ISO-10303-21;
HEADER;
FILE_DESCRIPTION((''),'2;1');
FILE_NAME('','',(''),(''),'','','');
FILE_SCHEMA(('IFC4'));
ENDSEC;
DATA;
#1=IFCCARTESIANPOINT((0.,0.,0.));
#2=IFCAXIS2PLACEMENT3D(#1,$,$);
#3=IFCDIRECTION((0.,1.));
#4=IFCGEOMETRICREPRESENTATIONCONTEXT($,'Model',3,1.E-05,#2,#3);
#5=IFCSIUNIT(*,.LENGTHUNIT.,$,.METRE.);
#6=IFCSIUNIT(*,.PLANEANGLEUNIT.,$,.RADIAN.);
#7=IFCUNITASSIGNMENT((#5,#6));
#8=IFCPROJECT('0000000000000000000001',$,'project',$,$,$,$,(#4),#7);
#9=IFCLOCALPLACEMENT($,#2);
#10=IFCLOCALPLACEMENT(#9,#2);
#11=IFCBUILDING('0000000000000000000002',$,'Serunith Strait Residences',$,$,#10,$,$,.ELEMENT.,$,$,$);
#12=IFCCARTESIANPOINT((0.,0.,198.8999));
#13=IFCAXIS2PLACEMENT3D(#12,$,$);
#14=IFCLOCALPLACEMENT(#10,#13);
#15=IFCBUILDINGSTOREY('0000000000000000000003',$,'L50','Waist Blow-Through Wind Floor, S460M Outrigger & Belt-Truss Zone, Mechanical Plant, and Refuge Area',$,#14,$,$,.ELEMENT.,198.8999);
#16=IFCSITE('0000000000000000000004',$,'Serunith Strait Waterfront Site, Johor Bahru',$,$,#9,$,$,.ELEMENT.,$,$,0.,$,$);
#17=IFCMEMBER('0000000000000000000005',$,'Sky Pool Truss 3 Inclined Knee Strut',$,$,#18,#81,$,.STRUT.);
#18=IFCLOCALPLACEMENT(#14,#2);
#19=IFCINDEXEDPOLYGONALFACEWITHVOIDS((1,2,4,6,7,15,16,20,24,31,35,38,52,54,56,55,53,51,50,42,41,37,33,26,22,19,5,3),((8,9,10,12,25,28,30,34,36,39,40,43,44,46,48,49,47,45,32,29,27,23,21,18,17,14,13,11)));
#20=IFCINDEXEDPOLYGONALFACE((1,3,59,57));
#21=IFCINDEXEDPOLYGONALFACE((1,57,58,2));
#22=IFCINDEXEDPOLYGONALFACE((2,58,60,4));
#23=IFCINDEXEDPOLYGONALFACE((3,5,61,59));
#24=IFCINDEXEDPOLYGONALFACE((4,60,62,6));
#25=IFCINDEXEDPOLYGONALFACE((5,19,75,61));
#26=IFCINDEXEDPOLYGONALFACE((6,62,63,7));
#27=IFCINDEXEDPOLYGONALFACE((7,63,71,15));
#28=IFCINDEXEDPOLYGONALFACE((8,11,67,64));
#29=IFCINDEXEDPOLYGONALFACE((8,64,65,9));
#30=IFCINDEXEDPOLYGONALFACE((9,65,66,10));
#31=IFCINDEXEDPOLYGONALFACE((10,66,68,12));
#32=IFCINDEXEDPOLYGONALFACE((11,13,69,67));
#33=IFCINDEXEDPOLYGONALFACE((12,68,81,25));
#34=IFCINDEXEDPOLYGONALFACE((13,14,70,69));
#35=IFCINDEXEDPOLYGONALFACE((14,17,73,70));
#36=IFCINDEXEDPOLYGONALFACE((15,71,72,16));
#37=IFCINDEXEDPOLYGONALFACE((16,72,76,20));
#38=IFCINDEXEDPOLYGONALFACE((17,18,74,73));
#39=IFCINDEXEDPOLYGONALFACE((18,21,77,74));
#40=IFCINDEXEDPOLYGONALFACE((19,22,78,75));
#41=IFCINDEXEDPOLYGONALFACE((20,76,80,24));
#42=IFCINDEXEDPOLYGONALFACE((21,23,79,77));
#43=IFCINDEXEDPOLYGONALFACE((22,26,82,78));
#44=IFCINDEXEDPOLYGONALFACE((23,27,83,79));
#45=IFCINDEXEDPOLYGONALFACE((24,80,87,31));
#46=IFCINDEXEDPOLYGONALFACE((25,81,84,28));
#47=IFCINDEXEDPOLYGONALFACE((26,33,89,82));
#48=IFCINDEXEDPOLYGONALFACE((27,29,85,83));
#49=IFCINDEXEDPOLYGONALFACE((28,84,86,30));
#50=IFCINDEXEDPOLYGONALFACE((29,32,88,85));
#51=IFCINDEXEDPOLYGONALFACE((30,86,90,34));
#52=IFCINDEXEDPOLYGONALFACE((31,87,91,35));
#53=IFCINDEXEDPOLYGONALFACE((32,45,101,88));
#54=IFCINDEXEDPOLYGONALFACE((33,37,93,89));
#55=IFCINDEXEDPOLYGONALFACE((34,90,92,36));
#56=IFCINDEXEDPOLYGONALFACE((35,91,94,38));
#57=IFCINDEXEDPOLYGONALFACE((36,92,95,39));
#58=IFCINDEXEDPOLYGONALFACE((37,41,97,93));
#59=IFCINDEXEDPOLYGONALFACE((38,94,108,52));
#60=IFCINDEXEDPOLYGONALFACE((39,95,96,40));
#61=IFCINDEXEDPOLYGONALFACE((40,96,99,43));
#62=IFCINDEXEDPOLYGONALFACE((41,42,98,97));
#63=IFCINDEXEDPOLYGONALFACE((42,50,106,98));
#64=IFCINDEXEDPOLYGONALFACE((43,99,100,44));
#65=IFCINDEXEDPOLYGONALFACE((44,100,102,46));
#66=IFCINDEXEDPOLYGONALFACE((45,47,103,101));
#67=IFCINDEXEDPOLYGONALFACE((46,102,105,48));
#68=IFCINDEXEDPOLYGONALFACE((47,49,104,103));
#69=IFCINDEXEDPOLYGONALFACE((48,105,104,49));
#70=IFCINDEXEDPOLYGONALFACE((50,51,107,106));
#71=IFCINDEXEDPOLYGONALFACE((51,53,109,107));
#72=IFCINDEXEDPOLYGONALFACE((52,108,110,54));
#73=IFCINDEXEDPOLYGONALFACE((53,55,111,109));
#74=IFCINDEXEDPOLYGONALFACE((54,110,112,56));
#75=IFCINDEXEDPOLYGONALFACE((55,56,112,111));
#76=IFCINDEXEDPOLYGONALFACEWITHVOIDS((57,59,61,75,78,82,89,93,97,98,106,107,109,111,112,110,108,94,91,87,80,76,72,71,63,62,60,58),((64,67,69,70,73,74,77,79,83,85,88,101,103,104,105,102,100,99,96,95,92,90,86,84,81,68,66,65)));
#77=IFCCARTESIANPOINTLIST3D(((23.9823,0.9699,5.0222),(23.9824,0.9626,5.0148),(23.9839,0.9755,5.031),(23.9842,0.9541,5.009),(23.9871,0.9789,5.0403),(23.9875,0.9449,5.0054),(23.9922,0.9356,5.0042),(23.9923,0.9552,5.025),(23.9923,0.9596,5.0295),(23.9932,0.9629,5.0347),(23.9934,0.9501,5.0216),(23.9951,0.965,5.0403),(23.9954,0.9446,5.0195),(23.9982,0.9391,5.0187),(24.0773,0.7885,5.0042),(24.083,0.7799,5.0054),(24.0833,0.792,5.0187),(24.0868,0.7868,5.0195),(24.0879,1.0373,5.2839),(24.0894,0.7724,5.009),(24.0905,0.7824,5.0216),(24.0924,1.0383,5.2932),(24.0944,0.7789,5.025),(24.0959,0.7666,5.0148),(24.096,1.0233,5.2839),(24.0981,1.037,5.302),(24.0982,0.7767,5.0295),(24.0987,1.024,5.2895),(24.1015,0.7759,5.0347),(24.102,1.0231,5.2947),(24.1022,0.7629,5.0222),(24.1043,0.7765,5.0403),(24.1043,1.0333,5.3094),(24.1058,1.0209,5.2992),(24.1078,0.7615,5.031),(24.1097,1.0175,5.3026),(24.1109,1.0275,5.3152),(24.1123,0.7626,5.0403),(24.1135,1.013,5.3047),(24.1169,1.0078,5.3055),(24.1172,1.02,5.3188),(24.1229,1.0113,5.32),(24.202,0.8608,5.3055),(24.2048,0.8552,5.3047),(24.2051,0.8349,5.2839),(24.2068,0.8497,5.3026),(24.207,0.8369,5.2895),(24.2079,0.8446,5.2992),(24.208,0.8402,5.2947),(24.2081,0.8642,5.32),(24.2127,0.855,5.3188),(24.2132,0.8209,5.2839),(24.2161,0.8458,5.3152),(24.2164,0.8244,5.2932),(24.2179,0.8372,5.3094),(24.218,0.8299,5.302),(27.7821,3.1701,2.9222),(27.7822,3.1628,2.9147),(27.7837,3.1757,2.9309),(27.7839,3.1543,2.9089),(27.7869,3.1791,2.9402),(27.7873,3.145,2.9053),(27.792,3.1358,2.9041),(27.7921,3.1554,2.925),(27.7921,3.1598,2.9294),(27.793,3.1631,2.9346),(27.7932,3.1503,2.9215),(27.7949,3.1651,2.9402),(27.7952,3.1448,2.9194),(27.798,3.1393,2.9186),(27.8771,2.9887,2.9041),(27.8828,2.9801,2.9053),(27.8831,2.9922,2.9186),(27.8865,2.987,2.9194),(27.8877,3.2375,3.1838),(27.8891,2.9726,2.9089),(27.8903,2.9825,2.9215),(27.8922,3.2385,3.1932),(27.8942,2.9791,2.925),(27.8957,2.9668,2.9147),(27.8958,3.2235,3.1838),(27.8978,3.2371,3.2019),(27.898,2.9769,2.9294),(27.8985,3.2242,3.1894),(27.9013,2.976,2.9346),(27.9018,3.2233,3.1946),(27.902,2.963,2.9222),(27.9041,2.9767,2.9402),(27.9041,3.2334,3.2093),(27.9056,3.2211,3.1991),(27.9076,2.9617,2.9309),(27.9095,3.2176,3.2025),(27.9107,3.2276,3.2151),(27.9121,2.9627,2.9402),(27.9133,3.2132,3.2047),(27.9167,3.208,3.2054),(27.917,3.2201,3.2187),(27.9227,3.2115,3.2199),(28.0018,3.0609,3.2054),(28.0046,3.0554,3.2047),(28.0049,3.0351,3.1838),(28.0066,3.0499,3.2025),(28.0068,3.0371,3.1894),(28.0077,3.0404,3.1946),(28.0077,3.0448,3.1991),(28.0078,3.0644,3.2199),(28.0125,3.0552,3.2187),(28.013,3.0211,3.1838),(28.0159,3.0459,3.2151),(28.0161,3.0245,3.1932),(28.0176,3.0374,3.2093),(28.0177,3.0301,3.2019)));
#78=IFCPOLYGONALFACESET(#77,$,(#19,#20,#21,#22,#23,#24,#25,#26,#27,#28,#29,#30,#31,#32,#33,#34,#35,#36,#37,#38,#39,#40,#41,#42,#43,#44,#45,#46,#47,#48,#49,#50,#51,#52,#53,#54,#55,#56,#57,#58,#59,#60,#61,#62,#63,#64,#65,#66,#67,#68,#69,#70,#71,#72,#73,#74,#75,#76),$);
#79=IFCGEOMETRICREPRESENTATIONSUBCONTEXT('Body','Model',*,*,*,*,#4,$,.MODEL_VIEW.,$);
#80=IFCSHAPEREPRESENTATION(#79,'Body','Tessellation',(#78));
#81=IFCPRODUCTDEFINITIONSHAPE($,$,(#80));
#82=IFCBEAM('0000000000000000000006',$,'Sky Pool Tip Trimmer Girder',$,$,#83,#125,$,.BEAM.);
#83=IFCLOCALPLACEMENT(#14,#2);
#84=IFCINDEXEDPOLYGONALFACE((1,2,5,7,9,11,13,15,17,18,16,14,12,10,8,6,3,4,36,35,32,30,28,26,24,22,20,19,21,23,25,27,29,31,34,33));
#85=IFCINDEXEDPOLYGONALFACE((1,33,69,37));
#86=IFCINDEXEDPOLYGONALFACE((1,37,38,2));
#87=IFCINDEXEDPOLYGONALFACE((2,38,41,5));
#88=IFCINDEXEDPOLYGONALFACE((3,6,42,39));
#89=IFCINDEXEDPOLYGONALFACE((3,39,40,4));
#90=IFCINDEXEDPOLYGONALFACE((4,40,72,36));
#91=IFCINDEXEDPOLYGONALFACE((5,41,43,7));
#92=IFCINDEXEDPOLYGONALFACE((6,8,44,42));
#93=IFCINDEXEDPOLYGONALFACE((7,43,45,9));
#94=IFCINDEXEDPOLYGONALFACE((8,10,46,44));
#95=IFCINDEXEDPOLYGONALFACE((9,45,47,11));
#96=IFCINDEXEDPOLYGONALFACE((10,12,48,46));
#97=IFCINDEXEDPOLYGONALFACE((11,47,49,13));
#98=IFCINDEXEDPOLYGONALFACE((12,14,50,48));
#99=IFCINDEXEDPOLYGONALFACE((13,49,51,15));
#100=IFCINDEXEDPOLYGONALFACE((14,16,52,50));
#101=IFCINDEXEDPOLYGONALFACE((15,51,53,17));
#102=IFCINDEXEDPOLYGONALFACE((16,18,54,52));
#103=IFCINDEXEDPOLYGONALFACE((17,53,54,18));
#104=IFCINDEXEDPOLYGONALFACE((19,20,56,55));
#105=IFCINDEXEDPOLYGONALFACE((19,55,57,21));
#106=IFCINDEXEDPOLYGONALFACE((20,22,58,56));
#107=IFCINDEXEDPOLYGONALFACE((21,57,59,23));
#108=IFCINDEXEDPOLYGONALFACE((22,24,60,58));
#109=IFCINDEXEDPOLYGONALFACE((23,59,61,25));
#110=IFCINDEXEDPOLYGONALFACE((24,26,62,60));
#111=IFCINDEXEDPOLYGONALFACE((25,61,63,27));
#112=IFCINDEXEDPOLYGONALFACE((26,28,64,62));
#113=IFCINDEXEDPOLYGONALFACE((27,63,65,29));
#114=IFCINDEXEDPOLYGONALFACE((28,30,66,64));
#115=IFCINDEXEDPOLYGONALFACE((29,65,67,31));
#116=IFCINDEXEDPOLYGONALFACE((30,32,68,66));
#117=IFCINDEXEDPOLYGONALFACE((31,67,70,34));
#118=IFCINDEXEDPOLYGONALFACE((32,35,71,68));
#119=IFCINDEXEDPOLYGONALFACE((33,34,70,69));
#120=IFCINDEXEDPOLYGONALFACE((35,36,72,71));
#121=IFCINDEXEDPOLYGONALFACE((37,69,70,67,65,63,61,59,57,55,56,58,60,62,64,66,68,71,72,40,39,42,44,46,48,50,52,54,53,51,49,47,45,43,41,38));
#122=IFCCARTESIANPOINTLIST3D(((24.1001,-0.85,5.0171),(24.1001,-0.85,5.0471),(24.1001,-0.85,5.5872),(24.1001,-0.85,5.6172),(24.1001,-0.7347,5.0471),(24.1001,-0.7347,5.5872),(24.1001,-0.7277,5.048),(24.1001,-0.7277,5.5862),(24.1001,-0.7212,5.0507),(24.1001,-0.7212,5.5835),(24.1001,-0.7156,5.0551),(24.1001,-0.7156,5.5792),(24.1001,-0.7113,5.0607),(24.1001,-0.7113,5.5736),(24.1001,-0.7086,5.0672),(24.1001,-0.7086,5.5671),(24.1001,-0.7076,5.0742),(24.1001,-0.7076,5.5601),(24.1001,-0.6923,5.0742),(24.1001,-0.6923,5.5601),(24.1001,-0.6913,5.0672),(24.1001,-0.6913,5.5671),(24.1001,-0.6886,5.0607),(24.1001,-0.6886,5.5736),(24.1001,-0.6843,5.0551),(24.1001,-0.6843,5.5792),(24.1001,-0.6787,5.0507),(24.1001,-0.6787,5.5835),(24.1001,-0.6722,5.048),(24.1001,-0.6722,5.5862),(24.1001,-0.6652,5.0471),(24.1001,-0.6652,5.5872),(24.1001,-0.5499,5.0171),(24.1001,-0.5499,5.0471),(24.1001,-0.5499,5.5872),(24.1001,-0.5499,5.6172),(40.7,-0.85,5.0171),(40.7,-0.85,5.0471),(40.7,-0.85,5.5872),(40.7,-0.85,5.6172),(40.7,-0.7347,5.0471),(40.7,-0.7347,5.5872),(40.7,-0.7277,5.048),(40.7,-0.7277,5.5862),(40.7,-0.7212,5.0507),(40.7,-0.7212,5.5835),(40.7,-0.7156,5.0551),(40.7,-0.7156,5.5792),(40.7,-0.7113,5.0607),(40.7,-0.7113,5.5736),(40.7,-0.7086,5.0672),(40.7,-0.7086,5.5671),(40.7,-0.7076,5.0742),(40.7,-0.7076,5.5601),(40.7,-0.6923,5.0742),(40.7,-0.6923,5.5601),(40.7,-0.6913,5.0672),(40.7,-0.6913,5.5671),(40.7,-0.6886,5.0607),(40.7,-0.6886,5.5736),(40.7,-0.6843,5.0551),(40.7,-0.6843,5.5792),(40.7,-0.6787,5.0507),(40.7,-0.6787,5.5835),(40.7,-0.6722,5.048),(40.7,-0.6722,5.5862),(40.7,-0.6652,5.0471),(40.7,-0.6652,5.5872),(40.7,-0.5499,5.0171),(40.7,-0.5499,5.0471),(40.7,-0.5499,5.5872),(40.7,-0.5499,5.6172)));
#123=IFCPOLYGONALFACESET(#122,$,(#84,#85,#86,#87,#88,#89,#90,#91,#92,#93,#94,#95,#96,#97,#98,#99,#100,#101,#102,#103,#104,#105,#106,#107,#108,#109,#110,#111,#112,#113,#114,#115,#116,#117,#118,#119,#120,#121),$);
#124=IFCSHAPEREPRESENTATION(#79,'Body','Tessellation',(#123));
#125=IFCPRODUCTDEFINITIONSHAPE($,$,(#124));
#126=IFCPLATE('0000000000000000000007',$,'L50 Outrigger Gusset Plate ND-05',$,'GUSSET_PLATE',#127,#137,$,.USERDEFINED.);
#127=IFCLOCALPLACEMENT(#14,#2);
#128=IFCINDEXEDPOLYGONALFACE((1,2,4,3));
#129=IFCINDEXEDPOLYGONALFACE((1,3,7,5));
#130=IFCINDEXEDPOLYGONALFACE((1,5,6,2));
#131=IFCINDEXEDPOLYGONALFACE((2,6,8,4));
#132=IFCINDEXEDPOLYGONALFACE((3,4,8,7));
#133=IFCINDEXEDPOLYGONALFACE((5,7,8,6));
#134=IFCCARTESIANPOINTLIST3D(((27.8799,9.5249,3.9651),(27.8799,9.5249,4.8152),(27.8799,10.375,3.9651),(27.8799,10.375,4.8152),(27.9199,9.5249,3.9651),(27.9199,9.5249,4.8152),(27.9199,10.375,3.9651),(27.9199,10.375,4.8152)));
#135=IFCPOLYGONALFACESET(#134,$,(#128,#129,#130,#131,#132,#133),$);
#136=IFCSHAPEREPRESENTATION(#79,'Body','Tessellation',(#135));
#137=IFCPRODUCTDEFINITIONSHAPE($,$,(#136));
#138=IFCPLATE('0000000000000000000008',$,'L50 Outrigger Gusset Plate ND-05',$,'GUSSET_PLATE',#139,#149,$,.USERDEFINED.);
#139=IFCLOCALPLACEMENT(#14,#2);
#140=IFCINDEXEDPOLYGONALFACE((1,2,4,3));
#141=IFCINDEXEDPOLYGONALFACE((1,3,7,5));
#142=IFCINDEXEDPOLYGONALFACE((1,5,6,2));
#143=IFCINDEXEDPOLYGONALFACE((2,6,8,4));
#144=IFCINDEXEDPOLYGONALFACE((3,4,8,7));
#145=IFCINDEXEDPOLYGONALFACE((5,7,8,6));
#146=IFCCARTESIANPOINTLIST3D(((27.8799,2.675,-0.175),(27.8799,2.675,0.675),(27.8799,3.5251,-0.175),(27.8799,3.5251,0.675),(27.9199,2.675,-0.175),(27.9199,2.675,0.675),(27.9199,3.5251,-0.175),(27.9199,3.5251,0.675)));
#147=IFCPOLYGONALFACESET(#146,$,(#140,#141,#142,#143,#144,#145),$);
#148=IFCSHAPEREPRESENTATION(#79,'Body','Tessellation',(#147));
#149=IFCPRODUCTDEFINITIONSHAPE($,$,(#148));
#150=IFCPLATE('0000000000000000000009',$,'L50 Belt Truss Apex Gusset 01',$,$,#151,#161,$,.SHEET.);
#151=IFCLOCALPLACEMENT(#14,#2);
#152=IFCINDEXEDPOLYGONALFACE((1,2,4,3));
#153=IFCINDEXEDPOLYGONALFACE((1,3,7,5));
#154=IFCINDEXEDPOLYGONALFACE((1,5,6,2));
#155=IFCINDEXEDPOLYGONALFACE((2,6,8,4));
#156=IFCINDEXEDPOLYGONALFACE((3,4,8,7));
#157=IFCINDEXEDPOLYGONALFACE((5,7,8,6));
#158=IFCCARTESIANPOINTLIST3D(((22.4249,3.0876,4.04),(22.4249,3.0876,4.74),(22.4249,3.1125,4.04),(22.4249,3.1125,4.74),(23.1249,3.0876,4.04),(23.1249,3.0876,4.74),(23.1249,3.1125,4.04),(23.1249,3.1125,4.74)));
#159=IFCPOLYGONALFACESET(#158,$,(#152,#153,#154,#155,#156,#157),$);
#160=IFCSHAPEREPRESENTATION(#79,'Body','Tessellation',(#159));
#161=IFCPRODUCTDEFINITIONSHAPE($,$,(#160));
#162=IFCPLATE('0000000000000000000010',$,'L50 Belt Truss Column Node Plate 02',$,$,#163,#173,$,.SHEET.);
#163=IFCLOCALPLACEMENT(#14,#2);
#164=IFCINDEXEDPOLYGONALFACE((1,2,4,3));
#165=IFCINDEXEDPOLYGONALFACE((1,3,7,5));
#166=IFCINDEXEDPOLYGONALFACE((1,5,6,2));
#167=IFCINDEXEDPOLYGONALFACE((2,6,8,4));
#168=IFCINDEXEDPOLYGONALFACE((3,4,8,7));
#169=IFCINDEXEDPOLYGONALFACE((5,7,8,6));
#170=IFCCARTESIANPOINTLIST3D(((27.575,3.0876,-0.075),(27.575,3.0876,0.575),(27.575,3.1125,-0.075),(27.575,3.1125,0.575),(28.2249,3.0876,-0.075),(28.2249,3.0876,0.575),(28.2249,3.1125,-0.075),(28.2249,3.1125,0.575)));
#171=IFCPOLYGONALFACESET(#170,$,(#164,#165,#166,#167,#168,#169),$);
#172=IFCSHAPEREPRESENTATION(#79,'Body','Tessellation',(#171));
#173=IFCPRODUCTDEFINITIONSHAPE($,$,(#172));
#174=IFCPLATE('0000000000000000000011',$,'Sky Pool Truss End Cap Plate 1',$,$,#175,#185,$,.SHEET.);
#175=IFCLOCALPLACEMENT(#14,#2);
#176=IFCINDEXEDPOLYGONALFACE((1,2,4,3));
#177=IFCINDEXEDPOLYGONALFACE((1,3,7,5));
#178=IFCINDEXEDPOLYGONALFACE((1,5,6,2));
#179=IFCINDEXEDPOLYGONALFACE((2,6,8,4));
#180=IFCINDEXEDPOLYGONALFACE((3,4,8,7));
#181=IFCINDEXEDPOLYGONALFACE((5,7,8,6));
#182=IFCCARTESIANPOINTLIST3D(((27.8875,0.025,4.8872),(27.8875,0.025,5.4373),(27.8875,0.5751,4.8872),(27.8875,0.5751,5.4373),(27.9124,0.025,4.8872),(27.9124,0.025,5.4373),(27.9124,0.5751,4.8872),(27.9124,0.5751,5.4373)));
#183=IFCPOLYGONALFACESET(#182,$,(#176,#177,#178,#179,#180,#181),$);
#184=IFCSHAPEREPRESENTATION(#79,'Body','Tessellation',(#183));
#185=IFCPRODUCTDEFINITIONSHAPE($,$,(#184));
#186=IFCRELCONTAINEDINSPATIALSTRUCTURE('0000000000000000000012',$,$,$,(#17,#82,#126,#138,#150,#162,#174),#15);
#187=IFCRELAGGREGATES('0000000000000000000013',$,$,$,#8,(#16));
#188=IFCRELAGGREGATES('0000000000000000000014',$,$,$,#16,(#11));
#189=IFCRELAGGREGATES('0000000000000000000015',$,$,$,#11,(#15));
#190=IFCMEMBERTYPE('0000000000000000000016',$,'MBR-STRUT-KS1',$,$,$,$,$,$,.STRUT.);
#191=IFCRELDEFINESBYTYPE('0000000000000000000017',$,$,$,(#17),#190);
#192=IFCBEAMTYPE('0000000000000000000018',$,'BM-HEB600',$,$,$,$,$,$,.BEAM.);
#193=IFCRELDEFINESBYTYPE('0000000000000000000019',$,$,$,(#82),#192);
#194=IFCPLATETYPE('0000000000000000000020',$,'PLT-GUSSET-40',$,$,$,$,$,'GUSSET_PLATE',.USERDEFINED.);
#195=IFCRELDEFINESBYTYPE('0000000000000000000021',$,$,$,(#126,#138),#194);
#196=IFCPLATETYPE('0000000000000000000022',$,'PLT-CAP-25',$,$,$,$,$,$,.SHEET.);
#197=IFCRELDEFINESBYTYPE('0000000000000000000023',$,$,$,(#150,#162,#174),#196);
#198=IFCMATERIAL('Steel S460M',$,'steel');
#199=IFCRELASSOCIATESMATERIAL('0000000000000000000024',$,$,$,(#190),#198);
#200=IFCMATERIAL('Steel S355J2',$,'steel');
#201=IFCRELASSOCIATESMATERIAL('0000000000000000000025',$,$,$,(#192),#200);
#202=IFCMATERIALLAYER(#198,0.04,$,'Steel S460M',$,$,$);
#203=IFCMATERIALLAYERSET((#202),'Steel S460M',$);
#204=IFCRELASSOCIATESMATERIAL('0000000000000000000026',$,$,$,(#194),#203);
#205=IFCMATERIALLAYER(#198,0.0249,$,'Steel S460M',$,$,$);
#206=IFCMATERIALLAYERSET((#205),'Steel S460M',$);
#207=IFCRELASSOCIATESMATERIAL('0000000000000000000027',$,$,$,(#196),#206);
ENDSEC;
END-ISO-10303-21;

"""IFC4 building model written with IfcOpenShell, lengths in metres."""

from ifc_helpers import new_model, si_unit, direction, frame, origin, origin_2d, place, context, subcontext, project, spatial, rectangle, hollow_rectangle, i_section, extrude, source, transform, mapped, material, layer, layer_set, material_profile, profile_set, type_object, element, save


model = new_model("IFC4")

# Units and contexts
model_context = context("Model", 3, precision=1e-05, world=origin(), true_north=direction((0.0, 1.0)))
body_context = subcontext(model_context, "Body", "Model", "MODEL_VIEW")
ifc_project = project(units=[si_unit("LENGTHUNIT", "METRE"), si_unit("PLANEANGLEUNIT", "RADIAN")], contexts=[model_context])

# Site, building, storey
site_placement = place(None, origin())
site = spatial("IfcSite", under=ifc_project, at=site_placement, Name="Serunith Strait Waterfront Site, Johor Bahru", CompositionType="ELEMENT", RefElevation=0.0)
building_placement = place(site_placement, origin())
building = spatial("IfcBuilding", under=site, at=building_placement, Name="Serunith Strait Residences", CompositionType="ELEMENT")
storey_placement = place(building_placement, frame((0.0, 0.0, 198.8999)))
storey = spatial("IfcBuildingStorey", under=building, at=storey_placement, Name="L50", Description="Waist Blow-Through Wind Floor, S460M Outrigger & Belt-Truss Zone, Mechanical Plant, and Refuge Area", CompositionType="ELEMENT", Elevation=198.8999)

# Shared definitions
ifc_material_1 = material(Name="Steel S355J2", Category="steel")

# Member
ifc_material_2 = material(Name="Steel S460M", Category="steel")
ifc_material_profile_1 = material_profile(ifc_material_2, hollow_rectangle(XDim=0.25, YDim=0.3501, WallThickness=0.0161, InnerFilletRadius=0.0239, OuterFilletRadius=0.04, at=origin_2d()), Name="RHS 350x250x16")
ifc_profile_set_1 = profile_set([ifc_material_profile_1], Name="Steel S460M")
member_type_1 = type_object("IfcMemberType", Name="MBR-STRUT-KS1", PredefinedType="STRUT", material=ifc_profile_set_1)
shared_shape_1 = source(origin(), body_context, "Body", "SweptSolid", [
    extrude(hollow_rectangle(XDim=0.25, YDim=0.3501, WallThickness=0.0161, InnerFilletRadius=0.0239, OuterFilletRadius=0.04, at=origin_2d()), origin(), (0.0, 0.0, 1.0), 4.8672),
])
member_1_placement = place(storey_placement, frame((27.8999, 3.1001, 3.062), z_axis=(-0.780694, -0.452044, 0.431478), x_axis=(0.501089, -0.865396, 0.0)))
element("IfcMember", 1, at=member_1_placement, inside=storey, type_object=member_type_1, Name="Sky Pool Truss 3 Inclined Knee Strut", PredefinedType="STRUT", context=body_context, shape_type="MappedRepresentation", body=[
    mapped(shared_shape_1, transform((0.0, 0.0, 0.0), scale=1.0)),
])

# Beam
ifc_material_profile_2 = material_profile(ifc_material_1, i_section(OverallWidth=0.3, OverallDepth=0.6001, WebThickness=0.0154, FlangeThickness=0.03, FilletRadius=0.0271, at=origin_2d()), Name="HEB 600")
ifc_profile_set_2 = profile_set([ifc_material_profile_2], Name="Steel S355J2")
beam_type_1 = type_object("IfcBeamType", Name="BM-HEB600", PredefinedType="BEAM", material=ifc_profile_set_2)
shared_shape_2 = source(origin(), body_context, "Body", "SweptSolid", [
    extrude(i_section(OverallWidth=0.3, OverallDepth=0.6001, WebThickness=0.0154, FlangeThickness=0.03, FilletRadius=0.0271, at=origin_2d()), origin(), (0.0, 0.0, 1.0), 16.5999),
])
beam_1_placement = place(storey_placement, frame((24.1001, -0.7, 5.3171), z_axis=(1.0, 0.0, 0.0), x_axis=(0.0, 1.0, 0.0)))
element("IfcBeam", 2, at=beam_1_placement, inside=storey, type_object=beam_type_1, Name="Sky Pool Tip Trimmer Girder", PredefinedType="BEAM", context=body_context, shape_type="MappedRepresentation", body=[
    mapped(shared_shape_2, transform((0.0, 0.0, 0.0), scale=1.0)),
])

# Plates
ifc_layer_1 = layer(ifc_material_2, 0.04, Name="Steel S460M")
ifc_layer_set_1 = layer_set([ifc_layer_1], Name="Steel S460M")
plate_type_1 = type_object("IfcPlateType", Name="PLT-GUSSET-40", ElementType="GUSSET_PLATE", PredefinedType="USERDEFINED", material=ifc_layer_set_1)
shared_shape_3 = source(origin(), body_context, "Body", "SweptSolid", [
    extrude(rectangle(XDim=0.8501, YDim=0.04, at=origin_2d()), origin(), (0.0, 0.0, 1.0), 0.8501),
])
for number, where, z_axis, x_axis, name in (
    (3, (27.8999, 9.95, 3.9651), (0.0, 0.0, 1.0), (0.0, -1.0, 0.0), "L50 Outrigger Gusset Plate ND-05"),
    (4, (27.8999, 3.1001, -0.175), (0.0, 0.0, 1.0), (0.0, -1.0, 0.0), "L50 Outrigger Gusset Plate ND-05"),
):
    element("IfcPlate", number, at=place(storey_placement, frame(where, z_axis=z_axis, x_axis=x_axis)), inside=storey, type_object=plate_type_1, Name=name, ObjectType="GUSSET_PLATE", PredefinedType="USERDEFINED", context=body_context, shape_type="MappedRepresentation", body=[
        mapped(shared_shape_3, transform((0.0, 0.0, 0.0), scale=1.0)),
    ])
ifc_layer_2 = layer(ifc_material_2, 0.0249, Name="Steel S460M")
ifc_layer_set_2 = layer_set([ifc_layer_2], Name="Steel S460M")
plate_type_2 = type_object("IfcPlateType", Name="PLT-CAP-25", PredefinedType="SHEET", material=ifc_layer_set_2)
shared_shape_4 = source(origin(), body_context, "Body", "SweptSolid", [
    extrude(rectangle(XDim=0.7, YDim=0.0249, at=origin_2d()), origin(), (0.0, 0.0, 1.0), 0.7),
])
plate_1_placement = place(storey_placement, frame((22.7749, 3.1001, 4.04), z_axis=(0.0, 0.0, 1.0), x_axis=(1.0, 0.0, 0.0)))
element("IfcPlate", 5, at=plate_1_placement, inside=storey, type_object=plate_type_2, Name="L50 Belt Truss Apex Gusset 01", PredefinedType="SHEET", context=body_context, shape_type="MappedRepresentation", body=[
    mapped(shared_shape_4, transform((0.0, 0.0, 0.0), scale=1.0)),
])
shared_shape_5 = source(origin(), body_context, "Body", "SweptSolid", [
    extrude(rectangle(XDim=0.6499, YDim=0.0249, at=origin_2d()), origin(), (0.0, 0.0, 1.0), 0.6499),
])
plate_2_placement = place(storey_placement, frame((27.8999, 3.1001, -0.075), z_axis=(0.0, 0.0, 1.0), x_axis=(1.0, 0.0, 0.0)))
element("IfcPlate", 6, at=plate_2_placement, inside=storey, type_object=plate_type_2, Name="L50 Belt Truss Column Node Plate 02", PredefinedType="SHEET", context=body_context, shape_type="MappedRepresentation", body=[
    mapped(shared_shape_5, transform((0.0, 0.0, 0.0), scale=1.0)),
])
shared_shape_6 = source(origin(), body_context, "Body", "SweptSolid", [
    extrude(rectangle(XDim=0.0249, YDim=0.55, at=origin_2d()), origin(), (0.0, 0.0, 1.0), 0.55),
])
for number, where, z_axis, x_axis, name in (
    (7, (27.8999, 0.3, 4.8872), (0.0, 0.0, 1.0), (1.0, 0.0, 0.0), "Sky Pool Truss End Cap Plate 1"),
):
    element("IfcPlate", number, at=place(storey_placement, frame(where, z_axis=z_axis, x_axis=x_axis)), inside=storey, type_object=plate_type_2, Name=name, PredefinedType="SHEET", context=body_context, shape_type="MappedRepresentation", body=[
        mapped(shared_shape_6, transform((0.0, 0.0, 0.0), scale=1.0)),
    ])

save(model, "model.ifc")
